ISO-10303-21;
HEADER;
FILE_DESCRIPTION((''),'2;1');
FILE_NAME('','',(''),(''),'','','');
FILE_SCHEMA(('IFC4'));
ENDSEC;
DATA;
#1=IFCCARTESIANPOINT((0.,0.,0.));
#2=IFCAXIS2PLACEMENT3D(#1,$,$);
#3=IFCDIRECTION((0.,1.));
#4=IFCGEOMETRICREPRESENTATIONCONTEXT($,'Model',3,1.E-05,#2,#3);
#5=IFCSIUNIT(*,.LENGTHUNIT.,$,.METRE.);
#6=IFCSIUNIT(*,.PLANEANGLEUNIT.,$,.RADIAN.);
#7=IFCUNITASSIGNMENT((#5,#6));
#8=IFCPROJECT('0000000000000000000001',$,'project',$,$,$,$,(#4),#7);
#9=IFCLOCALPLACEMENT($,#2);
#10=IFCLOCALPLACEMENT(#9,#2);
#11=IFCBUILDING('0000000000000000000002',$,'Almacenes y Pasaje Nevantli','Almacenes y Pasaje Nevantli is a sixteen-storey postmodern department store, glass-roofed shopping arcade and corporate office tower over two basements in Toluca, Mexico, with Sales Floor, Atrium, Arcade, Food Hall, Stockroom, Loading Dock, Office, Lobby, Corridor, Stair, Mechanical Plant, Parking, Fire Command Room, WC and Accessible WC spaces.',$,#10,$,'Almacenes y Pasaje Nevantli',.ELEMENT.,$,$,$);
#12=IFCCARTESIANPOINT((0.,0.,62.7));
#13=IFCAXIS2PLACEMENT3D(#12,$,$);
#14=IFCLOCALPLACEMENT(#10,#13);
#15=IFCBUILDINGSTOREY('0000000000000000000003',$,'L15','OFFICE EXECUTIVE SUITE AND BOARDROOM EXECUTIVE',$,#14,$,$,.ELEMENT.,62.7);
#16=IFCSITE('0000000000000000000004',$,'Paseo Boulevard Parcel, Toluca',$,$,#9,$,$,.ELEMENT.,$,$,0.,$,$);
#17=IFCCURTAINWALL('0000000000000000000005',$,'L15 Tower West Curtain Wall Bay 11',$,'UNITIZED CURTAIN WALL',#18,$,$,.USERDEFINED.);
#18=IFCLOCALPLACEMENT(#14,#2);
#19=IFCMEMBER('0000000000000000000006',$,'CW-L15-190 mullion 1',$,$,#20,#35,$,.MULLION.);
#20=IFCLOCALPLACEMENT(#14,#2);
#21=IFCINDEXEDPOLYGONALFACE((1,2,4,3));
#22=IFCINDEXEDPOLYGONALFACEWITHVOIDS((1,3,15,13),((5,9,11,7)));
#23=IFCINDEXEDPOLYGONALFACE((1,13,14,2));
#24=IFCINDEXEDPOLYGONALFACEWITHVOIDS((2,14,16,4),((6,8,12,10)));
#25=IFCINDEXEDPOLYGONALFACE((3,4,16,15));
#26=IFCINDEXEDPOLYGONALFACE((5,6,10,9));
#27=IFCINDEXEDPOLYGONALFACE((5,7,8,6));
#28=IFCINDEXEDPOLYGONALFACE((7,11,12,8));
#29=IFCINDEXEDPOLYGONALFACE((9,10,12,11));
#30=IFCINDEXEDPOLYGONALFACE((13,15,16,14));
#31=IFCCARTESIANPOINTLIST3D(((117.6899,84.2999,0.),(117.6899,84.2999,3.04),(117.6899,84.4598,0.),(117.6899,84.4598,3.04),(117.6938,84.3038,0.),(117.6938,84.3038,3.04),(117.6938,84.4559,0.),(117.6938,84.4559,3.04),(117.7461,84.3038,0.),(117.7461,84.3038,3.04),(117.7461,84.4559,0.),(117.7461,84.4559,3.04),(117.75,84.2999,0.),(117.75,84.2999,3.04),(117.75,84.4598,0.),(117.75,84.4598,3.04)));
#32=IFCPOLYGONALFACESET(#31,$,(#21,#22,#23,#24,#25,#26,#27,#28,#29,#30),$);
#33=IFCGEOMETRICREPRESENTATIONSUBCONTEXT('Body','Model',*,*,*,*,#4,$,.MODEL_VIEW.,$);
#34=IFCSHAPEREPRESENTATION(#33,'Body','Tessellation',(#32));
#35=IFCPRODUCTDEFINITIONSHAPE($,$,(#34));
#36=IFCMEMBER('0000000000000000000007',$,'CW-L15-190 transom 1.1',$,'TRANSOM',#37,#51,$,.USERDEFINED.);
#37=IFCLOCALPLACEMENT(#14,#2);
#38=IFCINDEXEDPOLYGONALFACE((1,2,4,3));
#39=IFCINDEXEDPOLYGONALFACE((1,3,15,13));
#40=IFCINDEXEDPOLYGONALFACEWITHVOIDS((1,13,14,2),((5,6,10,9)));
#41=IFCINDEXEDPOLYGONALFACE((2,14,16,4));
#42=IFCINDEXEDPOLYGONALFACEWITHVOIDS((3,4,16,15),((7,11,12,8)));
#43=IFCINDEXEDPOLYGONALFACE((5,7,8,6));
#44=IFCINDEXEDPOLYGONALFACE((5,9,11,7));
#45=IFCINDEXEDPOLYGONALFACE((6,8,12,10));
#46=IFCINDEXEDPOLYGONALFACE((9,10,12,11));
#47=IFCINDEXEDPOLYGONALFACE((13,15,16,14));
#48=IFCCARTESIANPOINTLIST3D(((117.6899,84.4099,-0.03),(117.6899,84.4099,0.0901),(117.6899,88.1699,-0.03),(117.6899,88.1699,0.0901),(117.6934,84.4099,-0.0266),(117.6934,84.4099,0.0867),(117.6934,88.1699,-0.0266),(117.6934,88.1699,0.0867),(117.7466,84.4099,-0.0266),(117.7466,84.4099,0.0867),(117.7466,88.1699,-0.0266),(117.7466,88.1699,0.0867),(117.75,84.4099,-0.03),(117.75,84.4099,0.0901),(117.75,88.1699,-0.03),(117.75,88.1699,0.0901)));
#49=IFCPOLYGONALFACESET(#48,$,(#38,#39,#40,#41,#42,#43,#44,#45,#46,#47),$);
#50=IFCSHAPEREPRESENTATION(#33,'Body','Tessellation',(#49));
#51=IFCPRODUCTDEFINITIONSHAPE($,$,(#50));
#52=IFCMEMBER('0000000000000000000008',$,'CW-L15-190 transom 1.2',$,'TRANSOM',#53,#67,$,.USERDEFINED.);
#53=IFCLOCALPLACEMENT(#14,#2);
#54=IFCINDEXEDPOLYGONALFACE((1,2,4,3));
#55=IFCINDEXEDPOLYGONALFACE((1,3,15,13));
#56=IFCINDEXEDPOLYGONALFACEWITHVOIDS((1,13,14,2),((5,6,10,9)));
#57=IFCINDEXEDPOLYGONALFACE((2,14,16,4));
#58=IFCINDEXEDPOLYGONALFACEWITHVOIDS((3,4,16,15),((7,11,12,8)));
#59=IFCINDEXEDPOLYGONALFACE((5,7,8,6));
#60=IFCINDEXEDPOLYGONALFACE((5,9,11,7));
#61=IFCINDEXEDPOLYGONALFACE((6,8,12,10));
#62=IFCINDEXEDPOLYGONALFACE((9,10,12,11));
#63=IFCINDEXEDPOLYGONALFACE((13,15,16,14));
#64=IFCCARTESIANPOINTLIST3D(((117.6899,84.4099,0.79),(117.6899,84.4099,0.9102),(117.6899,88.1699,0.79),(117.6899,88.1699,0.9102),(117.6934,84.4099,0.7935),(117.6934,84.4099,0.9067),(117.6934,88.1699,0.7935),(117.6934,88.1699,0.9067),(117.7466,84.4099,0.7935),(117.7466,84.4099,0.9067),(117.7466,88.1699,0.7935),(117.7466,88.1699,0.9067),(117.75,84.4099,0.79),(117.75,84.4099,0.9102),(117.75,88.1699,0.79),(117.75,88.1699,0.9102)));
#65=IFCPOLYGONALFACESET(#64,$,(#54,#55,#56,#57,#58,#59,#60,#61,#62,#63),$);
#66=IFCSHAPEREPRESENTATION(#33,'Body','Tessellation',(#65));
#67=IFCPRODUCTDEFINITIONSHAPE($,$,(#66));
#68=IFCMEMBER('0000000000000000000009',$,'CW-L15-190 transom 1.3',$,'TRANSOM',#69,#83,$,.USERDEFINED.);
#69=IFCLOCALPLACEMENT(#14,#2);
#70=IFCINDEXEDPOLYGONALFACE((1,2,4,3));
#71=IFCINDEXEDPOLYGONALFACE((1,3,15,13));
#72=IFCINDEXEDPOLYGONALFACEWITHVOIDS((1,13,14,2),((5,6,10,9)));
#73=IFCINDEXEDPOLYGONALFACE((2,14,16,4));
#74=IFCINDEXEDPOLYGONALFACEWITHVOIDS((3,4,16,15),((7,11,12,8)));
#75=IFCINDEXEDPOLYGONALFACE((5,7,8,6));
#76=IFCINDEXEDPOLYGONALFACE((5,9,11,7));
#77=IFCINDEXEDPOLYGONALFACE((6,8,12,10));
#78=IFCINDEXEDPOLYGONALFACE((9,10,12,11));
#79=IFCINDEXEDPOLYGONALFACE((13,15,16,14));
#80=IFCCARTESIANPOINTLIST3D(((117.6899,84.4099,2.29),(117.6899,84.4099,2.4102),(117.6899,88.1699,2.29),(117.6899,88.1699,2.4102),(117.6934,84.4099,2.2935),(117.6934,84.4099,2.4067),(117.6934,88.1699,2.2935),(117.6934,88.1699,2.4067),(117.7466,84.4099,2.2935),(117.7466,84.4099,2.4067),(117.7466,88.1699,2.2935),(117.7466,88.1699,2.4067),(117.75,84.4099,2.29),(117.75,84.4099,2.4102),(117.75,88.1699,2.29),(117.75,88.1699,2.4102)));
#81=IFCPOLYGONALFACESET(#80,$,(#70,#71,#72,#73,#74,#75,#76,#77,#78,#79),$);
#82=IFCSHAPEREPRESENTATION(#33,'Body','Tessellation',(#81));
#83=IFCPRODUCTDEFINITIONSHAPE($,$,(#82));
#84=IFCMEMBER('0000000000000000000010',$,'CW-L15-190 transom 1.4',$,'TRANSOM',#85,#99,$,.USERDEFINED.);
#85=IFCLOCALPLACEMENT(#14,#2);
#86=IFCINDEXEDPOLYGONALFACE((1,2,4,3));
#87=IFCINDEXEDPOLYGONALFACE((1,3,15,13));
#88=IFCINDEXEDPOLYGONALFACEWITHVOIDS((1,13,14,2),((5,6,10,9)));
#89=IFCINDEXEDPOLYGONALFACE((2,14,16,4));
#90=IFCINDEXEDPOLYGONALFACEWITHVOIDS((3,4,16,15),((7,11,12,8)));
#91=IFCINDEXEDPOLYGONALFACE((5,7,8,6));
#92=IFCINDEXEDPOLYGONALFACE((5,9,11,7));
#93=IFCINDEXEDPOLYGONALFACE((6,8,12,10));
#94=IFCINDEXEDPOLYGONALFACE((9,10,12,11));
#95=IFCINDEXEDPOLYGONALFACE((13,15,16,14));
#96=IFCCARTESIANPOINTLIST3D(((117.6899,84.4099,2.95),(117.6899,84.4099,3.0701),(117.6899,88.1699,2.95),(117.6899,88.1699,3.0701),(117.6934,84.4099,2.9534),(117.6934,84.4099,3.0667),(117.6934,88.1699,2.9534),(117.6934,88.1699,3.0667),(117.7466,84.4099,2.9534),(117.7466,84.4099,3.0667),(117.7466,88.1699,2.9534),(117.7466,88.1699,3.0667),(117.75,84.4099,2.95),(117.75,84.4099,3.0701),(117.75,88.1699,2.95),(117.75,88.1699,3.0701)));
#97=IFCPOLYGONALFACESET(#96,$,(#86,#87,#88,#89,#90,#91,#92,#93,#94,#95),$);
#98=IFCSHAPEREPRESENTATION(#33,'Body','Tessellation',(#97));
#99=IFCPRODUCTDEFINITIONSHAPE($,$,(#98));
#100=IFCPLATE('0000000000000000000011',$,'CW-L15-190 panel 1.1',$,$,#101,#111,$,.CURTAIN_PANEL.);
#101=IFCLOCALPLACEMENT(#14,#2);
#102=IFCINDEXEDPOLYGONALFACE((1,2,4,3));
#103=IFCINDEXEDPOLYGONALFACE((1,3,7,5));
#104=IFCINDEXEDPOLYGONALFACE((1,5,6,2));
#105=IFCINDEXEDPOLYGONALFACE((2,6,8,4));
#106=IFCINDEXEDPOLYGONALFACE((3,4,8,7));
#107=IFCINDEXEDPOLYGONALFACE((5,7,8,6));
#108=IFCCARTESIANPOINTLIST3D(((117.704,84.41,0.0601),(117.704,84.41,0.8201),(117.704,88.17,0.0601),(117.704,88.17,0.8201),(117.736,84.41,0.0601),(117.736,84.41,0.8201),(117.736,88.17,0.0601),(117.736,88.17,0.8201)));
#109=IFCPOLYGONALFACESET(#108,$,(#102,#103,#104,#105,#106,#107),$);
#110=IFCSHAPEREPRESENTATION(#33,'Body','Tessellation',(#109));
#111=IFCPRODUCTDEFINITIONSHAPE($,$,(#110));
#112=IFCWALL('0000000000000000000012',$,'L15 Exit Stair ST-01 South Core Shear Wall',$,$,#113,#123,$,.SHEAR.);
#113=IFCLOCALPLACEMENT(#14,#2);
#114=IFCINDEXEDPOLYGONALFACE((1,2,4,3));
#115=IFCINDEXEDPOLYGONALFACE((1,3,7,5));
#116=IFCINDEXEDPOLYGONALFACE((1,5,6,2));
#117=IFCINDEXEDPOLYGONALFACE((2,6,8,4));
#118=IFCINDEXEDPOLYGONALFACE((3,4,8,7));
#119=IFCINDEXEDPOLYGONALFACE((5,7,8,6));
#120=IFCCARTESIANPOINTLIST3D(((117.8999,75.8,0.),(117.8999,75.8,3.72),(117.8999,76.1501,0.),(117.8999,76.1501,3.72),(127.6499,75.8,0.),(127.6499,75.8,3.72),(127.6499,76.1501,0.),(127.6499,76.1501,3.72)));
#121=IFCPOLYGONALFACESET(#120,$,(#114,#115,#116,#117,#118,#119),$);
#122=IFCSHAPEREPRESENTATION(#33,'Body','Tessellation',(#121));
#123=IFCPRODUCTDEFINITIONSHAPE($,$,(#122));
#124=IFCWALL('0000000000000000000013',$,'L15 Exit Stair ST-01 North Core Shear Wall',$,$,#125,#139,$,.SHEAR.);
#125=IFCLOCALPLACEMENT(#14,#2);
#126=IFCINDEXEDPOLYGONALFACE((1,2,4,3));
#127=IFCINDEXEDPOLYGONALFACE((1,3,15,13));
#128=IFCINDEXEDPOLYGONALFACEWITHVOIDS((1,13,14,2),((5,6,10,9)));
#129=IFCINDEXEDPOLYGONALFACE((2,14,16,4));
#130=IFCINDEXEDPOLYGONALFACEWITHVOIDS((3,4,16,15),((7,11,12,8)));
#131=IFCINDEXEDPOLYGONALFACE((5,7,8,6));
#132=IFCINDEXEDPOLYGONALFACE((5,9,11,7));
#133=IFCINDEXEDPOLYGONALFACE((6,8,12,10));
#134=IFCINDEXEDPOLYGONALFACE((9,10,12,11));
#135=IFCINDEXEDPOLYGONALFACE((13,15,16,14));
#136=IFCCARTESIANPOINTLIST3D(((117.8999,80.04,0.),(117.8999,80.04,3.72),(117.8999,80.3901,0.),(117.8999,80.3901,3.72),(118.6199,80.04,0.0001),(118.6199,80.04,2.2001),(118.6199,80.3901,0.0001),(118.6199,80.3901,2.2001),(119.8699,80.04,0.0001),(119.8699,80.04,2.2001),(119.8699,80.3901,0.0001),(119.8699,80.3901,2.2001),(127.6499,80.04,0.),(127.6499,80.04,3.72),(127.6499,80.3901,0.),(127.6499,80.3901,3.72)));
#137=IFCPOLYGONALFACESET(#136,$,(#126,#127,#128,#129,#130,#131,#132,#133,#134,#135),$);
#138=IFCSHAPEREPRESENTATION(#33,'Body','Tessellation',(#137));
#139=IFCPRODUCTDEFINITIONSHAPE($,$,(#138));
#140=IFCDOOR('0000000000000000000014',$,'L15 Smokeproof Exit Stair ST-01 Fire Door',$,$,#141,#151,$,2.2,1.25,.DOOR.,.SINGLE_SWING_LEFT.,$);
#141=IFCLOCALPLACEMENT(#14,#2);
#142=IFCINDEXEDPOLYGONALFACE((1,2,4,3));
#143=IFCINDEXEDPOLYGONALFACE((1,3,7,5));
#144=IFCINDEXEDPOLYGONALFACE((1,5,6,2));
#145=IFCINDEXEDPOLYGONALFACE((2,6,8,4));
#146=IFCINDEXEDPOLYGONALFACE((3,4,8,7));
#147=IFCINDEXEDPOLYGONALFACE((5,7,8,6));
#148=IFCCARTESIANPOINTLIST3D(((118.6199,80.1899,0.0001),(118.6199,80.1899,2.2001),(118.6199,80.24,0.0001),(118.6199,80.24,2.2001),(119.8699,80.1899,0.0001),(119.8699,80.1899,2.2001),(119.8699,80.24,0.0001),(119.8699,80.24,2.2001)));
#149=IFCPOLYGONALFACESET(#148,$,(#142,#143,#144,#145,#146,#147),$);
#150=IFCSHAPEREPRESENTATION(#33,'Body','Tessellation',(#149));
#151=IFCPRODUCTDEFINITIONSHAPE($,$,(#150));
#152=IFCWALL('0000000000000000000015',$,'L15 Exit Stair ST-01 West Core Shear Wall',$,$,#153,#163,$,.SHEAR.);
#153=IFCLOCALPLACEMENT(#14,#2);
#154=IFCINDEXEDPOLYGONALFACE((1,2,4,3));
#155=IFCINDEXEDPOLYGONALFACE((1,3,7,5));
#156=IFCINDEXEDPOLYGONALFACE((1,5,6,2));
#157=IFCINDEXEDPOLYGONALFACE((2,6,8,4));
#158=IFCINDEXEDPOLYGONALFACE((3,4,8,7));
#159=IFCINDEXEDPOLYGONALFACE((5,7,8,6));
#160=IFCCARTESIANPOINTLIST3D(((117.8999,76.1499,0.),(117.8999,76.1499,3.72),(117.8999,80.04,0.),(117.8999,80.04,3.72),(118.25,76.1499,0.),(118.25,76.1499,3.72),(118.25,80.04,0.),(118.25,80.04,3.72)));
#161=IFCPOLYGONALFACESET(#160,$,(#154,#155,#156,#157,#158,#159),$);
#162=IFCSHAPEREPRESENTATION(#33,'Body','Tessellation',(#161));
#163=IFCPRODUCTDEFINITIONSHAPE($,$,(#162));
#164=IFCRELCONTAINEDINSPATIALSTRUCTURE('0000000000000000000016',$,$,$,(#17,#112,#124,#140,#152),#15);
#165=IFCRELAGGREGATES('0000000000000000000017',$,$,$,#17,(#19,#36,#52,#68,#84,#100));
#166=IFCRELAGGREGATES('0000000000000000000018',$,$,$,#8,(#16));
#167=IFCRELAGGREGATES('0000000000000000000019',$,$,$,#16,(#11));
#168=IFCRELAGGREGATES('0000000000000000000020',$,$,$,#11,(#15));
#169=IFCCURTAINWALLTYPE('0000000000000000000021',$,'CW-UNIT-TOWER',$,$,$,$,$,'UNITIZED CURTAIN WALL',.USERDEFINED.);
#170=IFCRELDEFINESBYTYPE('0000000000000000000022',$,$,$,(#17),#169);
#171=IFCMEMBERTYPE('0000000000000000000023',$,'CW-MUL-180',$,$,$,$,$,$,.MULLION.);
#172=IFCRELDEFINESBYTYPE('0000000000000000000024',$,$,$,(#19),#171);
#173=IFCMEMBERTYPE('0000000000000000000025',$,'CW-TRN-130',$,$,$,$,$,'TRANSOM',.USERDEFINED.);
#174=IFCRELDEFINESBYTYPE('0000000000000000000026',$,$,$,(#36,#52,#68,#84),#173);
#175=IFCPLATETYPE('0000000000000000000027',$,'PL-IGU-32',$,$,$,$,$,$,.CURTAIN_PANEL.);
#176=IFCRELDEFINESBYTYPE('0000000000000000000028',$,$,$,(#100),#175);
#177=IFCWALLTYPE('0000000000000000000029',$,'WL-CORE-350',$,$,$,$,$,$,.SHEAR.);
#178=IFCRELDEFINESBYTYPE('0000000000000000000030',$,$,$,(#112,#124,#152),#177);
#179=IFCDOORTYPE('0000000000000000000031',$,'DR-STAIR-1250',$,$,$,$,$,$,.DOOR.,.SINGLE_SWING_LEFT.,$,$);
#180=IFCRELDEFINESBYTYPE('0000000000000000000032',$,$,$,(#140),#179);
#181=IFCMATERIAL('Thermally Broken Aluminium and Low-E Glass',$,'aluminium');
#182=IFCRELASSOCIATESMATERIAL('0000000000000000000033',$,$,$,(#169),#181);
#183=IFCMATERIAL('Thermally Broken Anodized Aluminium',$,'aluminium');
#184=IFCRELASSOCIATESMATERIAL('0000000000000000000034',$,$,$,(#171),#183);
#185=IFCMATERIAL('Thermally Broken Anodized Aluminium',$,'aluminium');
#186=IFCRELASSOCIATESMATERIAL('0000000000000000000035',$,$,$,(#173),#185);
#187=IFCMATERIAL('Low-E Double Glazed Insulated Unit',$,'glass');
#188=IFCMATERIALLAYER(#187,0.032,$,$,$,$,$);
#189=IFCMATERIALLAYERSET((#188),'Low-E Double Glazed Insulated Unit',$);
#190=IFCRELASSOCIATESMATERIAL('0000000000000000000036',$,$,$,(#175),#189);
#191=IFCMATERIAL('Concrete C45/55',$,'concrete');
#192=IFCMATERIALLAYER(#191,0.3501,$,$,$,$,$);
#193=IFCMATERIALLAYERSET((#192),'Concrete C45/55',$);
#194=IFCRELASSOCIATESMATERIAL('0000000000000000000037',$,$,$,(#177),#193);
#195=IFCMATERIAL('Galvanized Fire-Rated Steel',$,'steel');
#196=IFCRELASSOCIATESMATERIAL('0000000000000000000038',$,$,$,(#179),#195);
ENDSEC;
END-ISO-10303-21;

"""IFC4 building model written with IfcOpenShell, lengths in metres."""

from ifc_helpers import new_model, si_unit, direction, frame, frame_2d, origin, origin_2d, place, context, subcontext, project, spatial, rectangle, hollow_rectangle, extrude, material, layer, layer_set, material_profile, profile_set, type_object, element, fill, aggregate, save


model = new_model("IFC4")

# Units and contexts
model_context = context("Model", 3, precision=1e-05, world=origin(), true_north=direction((0.0, 1.0)))
body_context = subcontext(model_context, "Body", "Model", "MODEL_VIEW")
ifc_project = project(units=[si_unit("LENGTHUNIT", "METRE"), si_unit("PLANEANGLEUNIT", "RADIAN")], contexts=[model_context])

# Site, building, storey
site_placement = place(None, origin())
site = spatial("IfcSite", under=ifc_project, at=site_placement, Name="Paseo Boulevard Parcel, Toluca", CompositionType="ELEMENT", RefElevation=0.0)
building_placement = place(site_placement, origin())
building = spatial("IfcBuilding", under=site, at=building_placement, Name="Almacenes y Pasaje Nevantli", Description="Almacenes y Pasaje Nevantli is a sixteen-storey postmodern department store, glass-roofed shopping arcade and corporate office tower over two basements in Toluca, Mexico, with Sales Floor, Atrium, Arcade, Food Hall, Stockroom, Loading Dock, Office, Lobby, Corridor, Stair, Mechanical Plant, Parking, Fire Command Room, WC and Accessible WC spaces.", LongName="Almacenes y Pasaje Nevantli", CompositionType="ELEMENT")
storey_placement = place(building_placement, frame((0.0, 0.0, 62.7)))
storey = spatial("IfcBuildingStorey", under=building, at=storey_placement, Name="L15", Description="OFFICE EXECUTIVE SUITE AND BOARDROOM EXECUTIVE", CompositionType="ELEMENT", Elevation=62.7)

# Curtain wall, members, plate
ifc_material_1 = material(Name="Thermally Broken Aluminium and Low-E Glass", Category="aluminium")
curtain_wall_type = type_object("IfcCurtainWallType", Name="CW-UNIT-TOWER", ElementType="UNITIZED CURTAIN WALL", PredefinedType="USERDEFINED", material=ifc_material_1)
curtain_wall_placement = place(storey_placement, origin())
curtain_wall = element("IfcCurtainWall", 1, at=curtain_wall_placement, inside=storey, type_object=curtain_wall_type, Name="L15 Tower West Curtain Wall Bay 11", ObjectType="UNITIZED CURTAIN WALL", PredefinedType="USERDEFINED")
ifc_material_2 = material(Name="Thermally Broken Anodized Aluminium", Category="aluminium")
ifc_material_profile_1 = material_profile(ifc_material_2, hollow_rectangle(XDim=0.0601, YDim=0.1599, WallThickness=0.0039, at=origin_2d()), Name="ALU-MUL-60x160")
ifc_profile_set_1 = profile_set([ifc_material_profile_1], Name="Thermally Broken Anodized Aluminium")
member_type_1 = type_object("IfcMemberType", Name="CW-MUL-180", PredefinedType="MULLION", material=ifc_profile_set_1)
member_1_placement = place(storey_placement, frame((117.72, 84.3799, 0.0), z_axis=(0.0, 0.0, 1.0), x_axis=(-1.0, 0.0, 0.0)))
member_1 = element("IfcMember", 2, at=member_1_placement, type_object=member_type_1, Name="CW-L15-190 mullion 1", PredefinedType="MULLION", context=body_context, shape_type="SweptSolid", body=[
    extrude(hollow_rectangle(XDim=0.0601, YDim=0.1599, WallThickness=0.0039, at=origin_2d()), origin(), (0.0, 0.0, 1.0), 3.04),
])
ifc_material_3 = material(Name="Thermally Broken Anodized Aluminium", Category="aluminium")
ifc_material_profile_2 = material_profile(ifc_material_3, hollow_rectangle(XDim=0.0601, YDim=0.1201, WallThickness=0.0034, at=origin_2d()), Name="ALU-TRN-60x120")
ifc_profile_set_2 = profile_set([ifc_material_profile_2], Name="Thermally Broken Anodized Aluminium")
member_type_2 = type_object("IfcMemberType", Name="CW-TRN-130", ElementType="TRANSOM", PredefinedType="USERDEFINED", material=ifc_profile_set_2)
member_2_placement = place(storey_placement, frame((117.72, 84.4099, 0.03), z_axis=(0.0, 1.0, 0.0), x_axis=(-1.0, 0.0, 0.0)))
member_2 = element("IfcMember", 3, at=member_2_placement, type_object=member_type_2, Name="CW-L15-190 transom 1.1", ObjectType="TRANSOM", PredefinedType="USERDEFINED", context=body_context, shape_type="SweptSolid", body=[
    extrude(hollow_rectangle(XDim=0.0601, YDim=0.1201, WallThickness=0.0034, at=origin_2d()), origin(), (0.0, 0.0, 1.0), 3.76),
])
member_3_placement = place(storey_placement, frame((117.72, 84.4099, 0.8501), z_axis=(0.0, 1.0, 0.0), x_axis=(-1.0, 0.0, 0.0)))
member_3 = element("IfcMember", 4, at=member_3_placement, type_object=member_type_2, Name="CW-L15-190 transom 1.2", ObjectType="TRANSOM", PredefinedType="USERDEFINED", context=body_context, shape_type="SweptSolid", body=[
    extrude(hollow_rectangle(XDim=0.0601, YDim=0.1201, WallThickness=0.0034, at=origin_2d()), origin(), (0.0, 0.0, 1.0), 3.76),
])
member_4_placement = place(storey_placement, frame((117.72, 84.4099, 2.3501), z_axis=(0.0, 1.0, 0.0), x_axis=(-1.0, 0.0, 0.0)))
member_4 = element("IfcMember", 5, at=member_4_placement, type_object=member_type_2, Name="CW-L15-190 transom 1.3", ObjectType="TRANSOM", PredefinedType="USERDEFINED", context=body_context, shape_type="SweptSolid", body=[
    extrude(hollow_rectangle(XDim=0.0601, YDim=0.1201, WallThickness=0.0034, at=origin_2d()), origin(), (0.0, 0.0, 1.0), 3.76),
])
member_5_placement = place(storey_placement, frame((117.72, 84.4099, 3.01), z_axis=(0.0, 1.0, 0.0), x_axis=(-1.0, 0.0, 0.0)))
member_5 = element("IfcMember", 6, at=member_5_placement, type_object=member_type_2, Name="CW-L15-190 transom 1.4", ObjectType="TRANSOM", PredefinedType="USERDEFINED", context=body_context, shape_type="SweptSolid", body=[
    extrude(hollow_rectangle(XDim=0.0601, YDim=0.1201, WallThickness=0.0034, at=origin_2d()), origin(), (0.0, 0.0, 1.0), 3.76),
])
ifc_material_4 = material(Name="Low-E Double Glazed Insulated Unit", Category="glass")
ifc_layer_1 = layer(ifc_material_4, 0.032)
ifc_layer_set_1 = layer_set([ifc_layer_1], Name="Low-E Double Glazed Insulated Unit")
plate_type = type_object("IfcPlateType", Name="PL-IGU-32", PredefinedType="CURTAIN_PANEL", material=ifc_layer_set_1)
plate_placement = place(storey_placement, frame((117.72, 86.29, 0.0601), z_axis=(0.0, 0.0, 1.0), x_axis=(0.0, 1.0, 0.0)))
plate = element("IfcPlate", 7, at=plate_placement, type_object=plate_type, Name="CW-L15-190 panel 1.1", PredefinedType="CURTAIN_PANEL", context=body_context, shape_type="SweptSolid", body=[
    extrude(rectangle(XDim=3.76, YDim=0.032, at=origin_2d()), origin(), (0.0, 0.0, 1.0), 0.76),
])
aggregate(curtain_wall, [member_1, member_2, member_3, member_4, member_5, plate])

# Wall
ifc_material_5 = material(Name="Concrete C45/55", Category="concrete")
ifc_layer_2 = layer(ifc_material_5, 0.3501)
ifc_layer_set_2 = layer_set([ifc_layer_2], Name="Concrete C45/55")
wall_type_1 = type_object("IfcWallType", Name="WL-CORE-350", PredefinedType="SHEAR", material=ifc_layer_set_2)
wall_1_placement = place(storey_placement, frame((117.8999, 75.9751, 0.0), z_axis=(0.0, 0.0, 1.0), x_axis=(1.0, 0.0, 0.0)))
element("IfcWall", 8, at=wall_1_placement, inside=storey, type_object=wall_type_1, Name="L15 Exit Stair ST-01 South Core Shear Wall", PredefinedType="SHEAR", context=body_context, shape_type="SweptSolid", body=[
    extrude(rectangle(XDim=9.75, YDim=0.3501, at=frame_2d((4.875, 0.0))), origin(), (0.0, 0.0, 1.0), 3.72),
])

# Wall, opening, door
wall_2_placement = place(storey_placement, frame((117.8999, 80.2151, 0.0), z_axis=(0.0, 0.0, 1.0), x_axis=(1.0, 0.0, 0.0)))
wall_2 = element("IfcWall", 9, at=wall_2_placement, inside=storey, type_object=wall_type_1, Name="L15 Exit Stair ST-01 North Core Shear Wall", PredefinedType="SHEAR", context=body_context, shape_type="SweptSolid", body=[
    extrude(rectangle(XDim=9.75, YDim=0.3501, at=frame_2d((4.875, 0.0))), origin(), (0.0, 0.0, 1.0), 3.72),
])
opening_1_placement = place(wall_2_placement, frame((0.72, 0.0, 0.0)))
opening_1 = element("IfcOpeningElement", 10, at=opening_1_placement, cuts=wall_2, PredefinedType="OPENING", context=body_context, shape_type="SweptSolid", body=[
    extrude(rectangle(XDim=1.25, YDim=2.2, at=frame_2d((0.625, 1.1001))), frame((0.0, 0.1851, 0.0), z_axis=(0.0, -1.0, 0.0), x_axis=(1.0, 0.0, 0.0)), (0.0, 0.0, 1.0), 0.3701),
])
ifc_material_6 = material(Name="Galvanized Fire-Rated Steel", Category="steel")
door_type_1 = type_object("IfcDoorType", Name="DR-STAIR-1250", OperationType="SINGLE_SWING_LEFT", PredefinedType="DOOR", material=ifc_material_6)
door_1_placement = place(opening_1_placement, origin())
door_1 = element("IfcDoor", 11, at=door_1_placement, inside=storey, type_object=door_type_1, Name="L15 Smokeproof Exit Stair ST-01 Fire Door", OperationType="SINGLE_SWING_LEFT", OverallHeight=2.2, OverallWidth=1.25, PredefinedType="DOOR", context=body_context, shape_type="SweptSolid", body=[
    extrude(rectangle(XDim=1.25, YDim=2.2, at=frame_2d((0.625, 1.1001))), frame((0.0, 0.0249, 0.0), z_axis=(0.0, -1.0, 0.0), x_axis=(1.0, 0.0, 0.0)), (0.0, 0.0, 1.0), 0.05),
])
fill(opening_1, door_1)

# Wall
wall_3_placement = place(storey_placement, frame((118.075, 76.1499, 0.0), z_axis=(0.0, 0.0, 1.0), x_axis=(0.0, 1.0, 0.0)))
element("IfcWall", 12, at=wall_3_placement, inside=storey, type_object=wall_type_1, Name="L15 Exit Stair ST-01 West Core Shear Wall", PredefinedType="SHEAR", context=body_context, shape_type="SweptSolid", body=[
    extrude(rectangle(XDim=3.8901, YDim=0.3501, at=frame_2d((1.9451, 0.0))), origin(), (0.0, 0.0, 1.0), 3.72),
])

save(model, "model.ifc")
